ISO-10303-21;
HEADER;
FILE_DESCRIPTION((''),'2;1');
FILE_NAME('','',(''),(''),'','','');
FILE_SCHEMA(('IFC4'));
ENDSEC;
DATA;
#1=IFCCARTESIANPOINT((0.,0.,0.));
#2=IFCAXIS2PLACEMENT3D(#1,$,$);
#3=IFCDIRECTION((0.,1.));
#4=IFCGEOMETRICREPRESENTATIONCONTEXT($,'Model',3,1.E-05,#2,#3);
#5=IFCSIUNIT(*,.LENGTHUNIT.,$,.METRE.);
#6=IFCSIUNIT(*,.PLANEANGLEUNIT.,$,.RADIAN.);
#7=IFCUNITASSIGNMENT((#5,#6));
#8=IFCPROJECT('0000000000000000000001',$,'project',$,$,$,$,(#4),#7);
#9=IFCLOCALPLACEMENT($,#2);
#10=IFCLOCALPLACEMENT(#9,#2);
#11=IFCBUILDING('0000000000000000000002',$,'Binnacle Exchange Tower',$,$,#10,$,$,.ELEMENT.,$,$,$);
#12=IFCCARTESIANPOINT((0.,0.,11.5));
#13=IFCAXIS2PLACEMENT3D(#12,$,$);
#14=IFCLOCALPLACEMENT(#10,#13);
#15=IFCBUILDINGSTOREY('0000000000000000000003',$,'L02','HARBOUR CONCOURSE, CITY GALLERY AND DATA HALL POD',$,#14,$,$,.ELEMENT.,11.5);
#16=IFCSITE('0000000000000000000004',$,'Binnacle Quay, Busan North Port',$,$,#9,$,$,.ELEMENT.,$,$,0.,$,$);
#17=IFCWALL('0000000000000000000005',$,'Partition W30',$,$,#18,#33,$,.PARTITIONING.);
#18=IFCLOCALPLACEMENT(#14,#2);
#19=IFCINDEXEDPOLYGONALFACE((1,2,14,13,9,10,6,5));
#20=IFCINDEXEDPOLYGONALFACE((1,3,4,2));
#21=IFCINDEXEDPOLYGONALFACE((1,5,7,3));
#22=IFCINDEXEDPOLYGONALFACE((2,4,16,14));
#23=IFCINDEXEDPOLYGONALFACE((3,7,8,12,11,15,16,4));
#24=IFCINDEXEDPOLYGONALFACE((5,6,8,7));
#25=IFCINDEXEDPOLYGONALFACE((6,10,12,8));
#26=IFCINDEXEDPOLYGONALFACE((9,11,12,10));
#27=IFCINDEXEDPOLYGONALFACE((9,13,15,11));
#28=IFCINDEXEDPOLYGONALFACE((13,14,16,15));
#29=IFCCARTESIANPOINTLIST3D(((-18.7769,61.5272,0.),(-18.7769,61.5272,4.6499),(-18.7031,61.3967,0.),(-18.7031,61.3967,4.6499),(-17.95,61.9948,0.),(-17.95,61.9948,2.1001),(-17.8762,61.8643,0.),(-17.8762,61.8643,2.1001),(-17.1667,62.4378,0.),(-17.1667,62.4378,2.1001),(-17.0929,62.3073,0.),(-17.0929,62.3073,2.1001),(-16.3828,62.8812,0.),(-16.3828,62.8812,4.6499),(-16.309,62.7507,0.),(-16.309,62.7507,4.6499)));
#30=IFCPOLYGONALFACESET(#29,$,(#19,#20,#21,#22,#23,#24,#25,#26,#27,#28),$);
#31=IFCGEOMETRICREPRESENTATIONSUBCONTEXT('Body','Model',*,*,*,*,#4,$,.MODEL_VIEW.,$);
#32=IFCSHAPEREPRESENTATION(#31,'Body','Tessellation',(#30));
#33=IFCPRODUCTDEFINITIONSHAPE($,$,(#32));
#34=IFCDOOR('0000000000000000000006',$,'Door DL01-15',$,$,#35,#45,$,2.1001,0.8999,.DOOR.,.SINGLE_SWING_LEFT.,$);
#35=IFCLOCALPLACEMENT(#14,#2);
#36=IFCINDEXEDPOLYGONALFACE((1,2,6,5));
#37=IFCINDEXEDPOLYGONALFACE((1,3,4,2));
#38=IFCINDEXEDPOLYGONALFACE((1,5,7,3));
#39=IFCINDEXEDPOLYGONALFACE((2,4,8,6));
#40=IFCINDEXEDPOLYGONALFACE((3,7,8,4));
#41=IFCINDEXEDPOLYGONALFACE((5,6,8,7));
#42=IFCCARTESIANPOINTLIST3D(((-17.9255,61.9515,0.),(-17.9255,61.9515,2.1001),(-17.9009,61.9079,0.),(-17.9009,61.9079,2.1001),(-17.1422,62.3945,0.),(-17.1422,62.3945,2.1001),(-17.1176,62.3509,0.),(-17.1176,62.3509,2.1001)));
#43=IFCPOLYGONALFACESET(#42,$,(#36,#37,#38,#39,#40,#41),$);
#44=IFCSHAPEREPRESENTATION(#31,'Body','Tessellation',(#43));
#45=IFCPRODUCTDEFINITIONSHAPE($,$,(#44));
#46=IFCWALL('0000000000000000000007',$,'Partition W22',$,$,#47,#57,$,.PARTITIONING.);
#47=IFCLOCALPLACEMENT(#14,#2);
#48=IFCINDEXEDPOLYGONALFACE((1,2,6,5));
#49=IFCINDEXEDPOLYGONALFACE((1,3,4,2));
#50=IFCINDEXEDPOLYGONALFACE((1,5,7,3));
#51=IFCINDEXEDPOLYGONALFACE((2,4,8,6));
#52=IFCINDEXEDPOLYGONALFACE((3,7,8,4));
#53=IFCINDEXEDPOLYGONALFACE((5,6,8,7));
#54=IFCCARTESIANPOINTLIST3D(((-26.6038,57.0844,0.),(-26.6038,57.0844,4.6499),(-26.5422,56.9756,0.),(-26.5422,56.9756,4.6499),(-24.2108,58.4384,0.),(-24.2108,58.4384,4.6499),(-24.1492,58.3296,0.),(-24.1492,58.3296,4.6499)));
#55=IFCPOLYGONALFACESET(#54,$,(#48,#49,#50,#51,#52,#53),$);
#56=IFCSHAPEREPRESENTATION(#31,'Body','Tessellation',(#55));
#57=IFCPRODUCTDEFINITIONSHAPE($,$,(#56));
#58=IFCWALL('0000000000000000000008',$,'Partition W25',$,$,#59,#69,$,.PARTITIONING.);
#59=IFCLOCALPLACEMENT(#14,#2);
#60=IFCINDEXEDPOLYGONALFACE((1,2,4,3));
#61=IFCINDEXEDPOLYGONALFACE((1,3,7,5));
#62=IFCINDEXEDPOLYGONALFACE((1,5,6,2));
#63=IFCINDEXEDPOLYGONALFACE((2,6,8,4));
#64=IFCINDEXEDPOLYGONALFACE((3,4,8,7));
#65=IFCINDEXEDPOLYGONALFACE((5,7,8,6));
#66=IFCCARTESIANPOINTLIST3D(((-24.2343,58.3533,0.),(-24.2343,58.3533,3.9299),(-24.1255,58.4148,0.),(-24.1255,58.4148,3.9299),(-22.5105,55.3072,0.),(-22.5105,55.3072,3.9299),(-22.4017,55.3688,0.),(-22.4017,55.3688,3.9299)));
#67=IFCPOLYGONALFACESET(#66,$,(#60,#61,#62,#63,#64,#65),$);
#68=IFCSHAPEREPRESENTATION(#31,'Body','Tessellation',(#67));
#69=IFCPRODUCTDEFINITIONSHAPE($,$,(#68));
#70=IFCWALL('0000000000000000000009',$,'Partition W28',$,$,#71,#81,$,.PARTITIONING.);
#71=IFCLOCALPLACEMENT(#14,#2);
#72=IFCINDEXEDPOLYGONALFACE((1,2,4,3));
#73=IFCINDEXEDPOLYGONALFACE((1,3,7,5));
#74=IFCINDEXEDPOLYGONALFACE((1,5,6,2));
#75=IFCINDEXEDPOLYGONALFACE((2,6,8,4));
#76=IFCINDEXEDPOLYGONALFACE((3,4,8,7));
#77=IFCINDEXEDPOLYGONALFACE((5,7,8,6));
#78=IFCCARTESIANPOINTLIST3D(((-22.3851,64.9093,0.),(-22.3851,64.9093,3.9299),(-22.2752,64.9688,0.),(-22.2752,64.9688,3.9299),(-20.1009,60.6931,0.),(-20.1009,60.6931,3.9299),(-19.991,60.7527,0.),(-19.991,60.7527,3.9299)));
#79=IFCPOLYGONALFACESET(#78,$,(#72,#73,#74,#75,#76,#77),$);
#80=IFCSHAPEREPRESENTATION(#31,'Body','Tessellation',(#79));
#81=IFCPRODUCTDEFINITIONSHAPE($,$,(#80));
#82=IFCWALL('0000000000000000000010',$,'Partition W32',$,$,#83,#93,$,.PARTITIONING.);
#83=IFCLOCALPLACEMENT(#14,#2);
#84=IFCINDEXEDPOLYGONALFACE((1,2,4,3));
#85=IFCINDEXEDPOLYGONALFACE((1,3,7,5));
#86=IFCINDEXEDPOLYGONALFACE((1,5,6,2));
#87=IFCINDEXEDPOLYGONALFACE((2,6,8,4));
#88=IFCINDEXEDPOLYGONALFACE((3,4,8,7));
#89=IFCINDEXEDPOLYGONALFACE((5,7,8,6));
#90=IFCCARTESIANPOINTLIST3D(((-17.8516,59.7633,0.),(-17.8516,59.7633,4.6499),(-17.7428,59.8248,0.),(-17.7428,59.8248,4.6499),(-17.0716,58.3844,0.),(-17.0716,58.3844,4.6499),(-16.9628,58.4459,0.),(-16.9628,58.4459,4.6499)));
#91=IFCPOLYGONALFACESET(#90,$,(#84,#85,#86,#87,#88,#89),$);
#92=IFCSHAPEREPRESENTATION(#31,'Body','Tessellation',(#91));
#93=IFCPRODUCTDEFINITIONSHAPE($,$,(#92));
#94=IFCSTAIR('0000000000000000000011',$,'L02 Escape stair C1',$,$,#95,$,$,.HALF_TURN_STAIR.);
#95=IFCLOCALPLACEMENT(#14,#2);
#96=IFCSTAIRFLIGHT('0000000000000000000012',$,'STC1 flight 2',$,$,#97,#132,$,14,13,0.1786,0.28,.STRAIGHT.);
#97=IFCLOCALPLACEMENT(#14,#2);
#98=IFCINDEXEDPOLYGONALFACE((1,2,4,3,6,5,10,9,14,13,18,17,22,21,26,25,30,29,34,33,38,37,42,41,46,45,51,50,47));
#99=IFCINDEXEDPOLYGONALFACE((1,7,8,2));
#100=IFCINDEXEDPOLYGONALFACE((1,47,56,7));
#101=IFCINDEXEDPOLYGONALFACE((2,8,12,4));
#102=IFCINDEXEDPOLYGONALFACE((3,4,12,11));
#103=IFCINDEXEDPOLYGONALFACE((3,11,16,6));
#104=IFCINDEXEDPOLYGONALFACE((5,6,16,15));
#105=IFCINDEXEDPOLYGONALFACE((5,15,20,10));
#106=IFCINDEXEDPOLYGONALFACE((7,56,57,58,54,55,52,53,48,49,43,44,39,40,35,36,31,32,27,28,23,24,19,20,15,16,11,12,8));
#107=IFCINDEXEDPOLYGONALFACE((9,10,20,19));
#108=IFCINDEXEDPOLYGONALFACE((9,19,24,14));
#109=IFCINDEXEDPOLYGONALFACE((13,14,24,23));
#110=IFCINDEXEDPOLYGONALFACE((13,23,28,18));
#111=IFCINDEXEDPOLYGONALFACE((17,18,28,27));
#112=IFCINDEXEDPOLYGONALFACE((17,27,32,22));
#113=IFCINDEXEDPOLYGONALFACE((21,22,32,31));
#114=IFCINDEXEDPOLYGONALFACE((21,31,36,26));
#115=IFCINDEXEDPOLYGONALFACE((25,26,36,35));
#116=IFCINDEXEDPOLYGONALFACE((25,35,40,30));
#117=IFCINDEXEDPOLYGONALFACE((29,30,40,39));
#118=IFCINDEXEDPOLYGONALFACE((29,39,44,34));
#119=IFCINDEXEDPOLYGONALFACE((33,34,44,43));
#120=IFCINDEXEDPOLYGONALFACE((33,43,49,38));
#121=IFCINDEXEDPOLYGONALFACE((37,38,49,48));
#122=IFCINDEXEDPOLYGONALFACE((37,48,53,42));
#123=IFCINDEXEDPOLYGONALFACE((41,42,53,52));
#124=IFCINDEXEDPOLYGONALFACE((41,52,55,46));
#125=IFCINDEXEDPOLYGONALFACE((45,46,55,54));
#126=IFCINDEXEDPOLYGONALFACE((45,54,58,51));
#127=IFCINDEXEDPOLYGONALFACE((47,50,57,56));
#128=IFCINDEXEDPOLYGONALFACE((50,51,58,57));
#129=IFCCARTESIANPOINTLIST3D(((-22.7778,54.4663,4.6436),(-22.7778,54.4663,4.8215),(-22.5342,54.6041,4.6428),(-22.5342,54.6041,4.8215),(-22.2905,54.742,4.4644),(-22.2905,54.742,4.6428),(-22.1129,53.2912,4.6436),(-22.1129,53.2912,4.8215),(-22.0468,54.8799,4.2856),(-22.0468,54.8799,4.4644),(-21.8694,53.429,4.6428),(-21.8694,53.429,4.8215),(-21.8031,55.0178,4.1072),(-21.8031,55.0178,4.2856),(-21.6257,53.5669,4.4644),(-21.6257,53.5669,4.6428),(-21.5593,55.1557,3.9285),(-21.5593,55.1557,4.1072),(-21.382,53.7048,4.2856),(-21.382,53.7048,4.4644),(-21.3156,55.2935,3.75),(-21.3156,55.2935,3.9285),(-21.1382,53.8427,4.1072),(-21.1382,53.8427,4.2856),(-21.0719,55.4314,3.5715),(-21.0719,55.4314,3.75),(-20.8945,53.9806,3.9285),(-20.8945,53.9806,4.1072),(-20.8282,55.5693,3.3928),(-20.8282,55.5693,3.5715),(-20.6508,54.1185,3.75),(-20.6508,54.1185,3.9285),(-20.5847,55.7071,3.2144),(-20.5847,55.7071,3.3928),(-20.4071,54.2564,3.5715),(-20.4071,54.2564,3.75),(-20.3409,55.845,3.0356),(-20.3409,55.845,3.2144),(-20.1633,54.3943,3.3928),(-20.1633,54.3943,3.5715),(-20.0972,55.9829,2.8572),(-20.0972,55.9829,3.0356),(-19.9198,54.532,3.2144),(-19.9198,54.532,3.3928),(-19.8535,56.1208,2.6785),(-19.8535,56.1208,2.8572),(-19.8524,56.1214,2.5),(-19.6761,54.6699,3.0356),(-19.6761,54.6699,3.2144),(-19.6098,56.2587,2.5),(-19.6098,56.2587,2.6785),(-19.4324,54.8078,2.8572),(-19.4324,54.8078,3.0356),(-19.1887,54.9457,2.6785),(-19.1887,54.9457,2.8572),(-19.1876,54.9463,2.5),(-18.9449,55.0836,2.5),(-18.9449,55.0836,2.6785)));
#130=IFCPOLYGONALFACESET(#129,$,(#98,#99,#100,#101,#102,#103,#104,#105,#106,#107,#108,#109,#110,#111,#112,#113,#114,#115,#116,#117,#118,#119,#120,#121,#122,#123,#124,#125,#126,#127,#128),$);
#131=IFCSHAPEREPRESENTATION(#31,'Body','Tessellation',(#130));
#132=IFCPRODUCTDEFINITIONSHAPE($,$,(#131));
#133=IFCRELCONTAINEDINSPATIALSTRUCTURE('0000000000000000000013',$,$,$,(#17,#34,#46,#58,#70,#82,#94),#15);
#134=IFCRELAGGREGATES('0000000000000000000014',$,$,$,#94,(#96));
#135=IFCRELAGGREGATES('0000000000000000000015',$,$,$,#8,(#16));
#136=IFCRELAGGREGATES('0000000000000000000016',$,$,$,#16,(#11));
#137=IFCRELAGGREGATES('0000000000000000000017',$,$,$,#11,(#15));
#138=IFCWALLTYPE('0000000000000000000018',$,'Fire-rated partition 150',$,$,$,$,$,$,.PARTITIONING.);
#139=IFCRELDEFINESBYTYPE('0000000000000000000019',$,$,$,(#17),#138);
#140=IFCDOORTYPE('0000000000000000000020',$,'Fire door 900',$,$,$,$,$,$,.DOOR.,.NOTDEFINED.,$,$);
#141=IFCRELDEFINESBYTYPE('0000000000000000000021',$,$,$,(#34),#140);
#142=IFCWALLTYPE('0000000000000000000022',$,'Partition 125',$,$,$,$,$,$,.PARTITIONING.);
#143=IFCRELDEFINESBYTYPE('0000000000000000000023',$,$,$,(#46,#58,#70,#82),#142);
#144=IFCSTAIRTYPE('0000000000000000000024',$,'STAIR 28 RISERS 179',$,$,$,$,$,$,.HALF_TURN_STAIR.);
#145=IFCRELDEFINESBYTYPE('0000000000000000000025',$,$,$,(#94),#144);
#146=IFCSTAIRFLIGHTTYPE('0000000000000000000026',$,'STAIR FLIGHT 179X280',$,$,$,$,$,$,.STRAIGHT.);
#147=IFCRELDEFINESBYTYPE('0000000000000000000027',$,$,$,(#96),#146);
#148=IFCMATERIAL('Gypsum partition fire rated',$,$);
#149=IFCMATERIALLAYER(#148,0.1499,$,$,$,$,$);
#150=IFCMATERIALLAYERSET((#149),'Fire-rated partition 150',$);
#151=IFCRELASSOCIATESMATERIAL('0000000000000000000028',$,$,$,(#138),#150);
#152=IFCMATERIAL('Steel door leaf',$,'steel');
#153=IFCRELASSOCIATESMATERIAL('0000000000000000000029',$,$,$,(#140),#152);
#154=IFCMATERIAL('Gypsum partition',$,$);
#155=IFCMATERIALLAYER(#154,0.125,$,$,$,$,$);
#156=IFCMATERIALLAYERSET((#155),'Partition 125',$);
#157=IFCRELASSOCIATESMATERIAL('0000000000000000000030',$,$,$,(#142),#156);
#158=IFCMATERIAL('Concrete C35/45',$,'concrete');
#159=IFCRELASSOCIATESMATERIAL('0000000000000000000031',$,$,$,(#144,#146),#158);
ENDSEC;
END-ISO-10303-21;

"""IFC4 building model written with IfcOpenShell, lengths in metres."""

from ifc_helpers import new_model, si_unit, direction, frame, frame_2d, origin, place, context, subcontext, project, spatial, polyline, rectangle, outline, extrude, material, layer, layer_set, type_object, element, fill, aggregate, save


model = new_model("IFC4")

# Units and contexts
model_context = context("Model", 3, precision=1e-05, world=origin(), true_north=direction((0.0, 1.0)))
body_context = subcontext(model_context, "Body", "Model", "MODEL_VIEW")
ifc_project = project(units=[si_unit("LENGTHUNIT", "METRE"), si_unit("PLANEANGLEUNIT", "RADIAN")], contexts=[model_context])

# Site, building, storey
site_placement = place(None, origin())
site = spatial("IfcSite", under=ifc_project, at=site_placement, Name="Binnacle Quay, Busan North Port", CompositionType="ELEMENT", RefElevation=0.0)
building_placement = place(site_placement, origin())
building = spatial("IfcBuilding", under=site, at=building_placement, Name="Binnacle Exchange Tower", CompositionType="ELEMENT")
storey_placement = place(building_placement, frame((0.0, 0.0, 11.5)))
storey = spatial("IfcBuildingStorey", under=building, at=storey_placement, Name="L02", Description="HARBOUR CONCOURSE, CITY GALLERY AND DATA HALL POD", CompositionType="ELEMENT", Elevation=11.5)

# Shared definitions
ifc_material_1 = material(Name="Gypsum partition fire rated")
ifc_layer_1 = layer(ifc_material_1, 0.1499)
ifc_layer_set_1 = layer_set([ifc_layer_1], Name="Fire-rated partition 150")
wall_type_1 = type_object("IfcWallType", Name="Fire-rated partition 150", PredefinedType="PARTITIONING", material=ifc_layer_set_1)
ifc_material_2 = material(Name="Steel door leaf", Category="steel")
door_type = type_object("IfcDoorType", Name="Fire door 900", OperationType="NOTDEFINED", PredefinedType="DOOR", material=ifc_material_2)

# Wall, opening, door
wall_1_placement = place(storey_placement, frame((-18.74, 61.4619, 0.0), z_axis=(0.0, 0.0, 1.0), x_axis=(0.870431, 0.492291, 0.0)))
wall_1 = element("IfcWall", 1, at=wall_1_placement, inside=storey, type_object=wall_type_1, Name="Partition W30", PredefinedType="PARTITIONING", context=body_context, shape_type="SweptSolid", body=[
    extrude(rectangle(XDim=2.7505, YDim=0.1499, at=frame_2d((1.3752, 0.0))), origin(), (0.0, 0.0, 1.0), 4.6499),
])
opening_1_placement = place(wall_1_placement, frame((0.95, 0.0, 0.0)))
opening_1 = element("IfcOpeningElement", 2, at=opening_1_placement, cuts=wall_1, PredefinedType="OPENING", context=body_context, shape_type="SweptSolid", body=[
    extrude(rectangle(XDim=0.8999, YDim=2.1001, at=frame_2d((0.45, 1.05))), frame((0.0, 0.085, 0.0), z_axis=(0.0, -1.0, 0.0), x_axis=(1.0, 0.0, 0.0)), (0.0, 0.0, 1.0), 0.1699),
])
door_1_placement = place(opening_1_placement, frame((0.8999, 0.0, 0.0), z_axis=(0.0, 0.0, 1.0), x_axis=(-1.0, 0.0, 0.0)))
door_1 = element("IfcDoor", 3, at=door_1_placement, inside=storey, type_object=door_type, Name="Door DL01-15", OperationType="SINGLE_SWING_LEFT", OverallHeight=2.1001, OverallWidth=0.8999, PredefinedType="DOOR", context=body_context, shape_type="SweptSolid", body=[
    extrude(rectangle(XDim=0.8999, YDim=2.1001, at=frame_2d((0.45, 1.05))), frame((0.0, 0.0249, 0.0), z_axis=(0.0, -1.0, 0.0), x_axis=(1.0, 0.0, 0.0)), (0.0, 0.0, 1.0), 0.05),
])
fill(opening_1, door_1)

# Walls
ifc_material_3 = material(Name="Gypsum partition")
ifc_layer_2 = layer(ifc_material_3, 0.125)
ifc_layer_set_2 = layer_set([ifc_layer_2], Name="Partition 125")
wall_type_2 = type_object("IfcWallType", Name="Partition 125", PredefinedType="PARTITIONING", material=ifc_layer_set_2)
wall_2_placement = place(storey_placement, frame((-26.573, 57.03, 0.0), z_axis=(0.0, 0.0, 1.0), x_axis=(0.870344, 0.492443, 0.0)))
element("IfcWall", 4, at=wall_2_placement, inside=storey, type_object=wall_type_2, Name="Partition W22", PredefinedType="PARTITIONING", context=body_context, shape_type="SweptSolid", body=[
    extrude(rectangle(XDim=2.7495, YDim=0.125, at=frame_2d((1.3748, 0.0))), origin(), (0.0, 0.0, 1.0), 4.6499),
])
wall_3_placement = place(storey_placement, frame((-24.1799, 58.384, 0.0), z_axis=(0.0, 0.0, 1.0), x_axis=(0.492521, -0.8703, 0.0)))
element("IfcWall", 5, at=wall_3_placement, inside=storey, type_object=wall_type_2, Name="Partition W25", PredefinedType="PARTITIONING", context=body_context, shape_type="SweptSolid", body=[
    extrude(rectangle(XDim=3.5, YDim=0.125, at=frame_2d((1.75, 0.0))), origin(), (0.0, 0.0, 1.0), 3.9299),
])
wall_4_placement = place(storey_placement, frame((-22.3301, 64.939, 0.0), z_axis=(0.0, 0.0, 1.0), x_axis=(0.47636, -0.87925, 0.0)))
element("IfcWall", 6, at=wall_4_placement, inside=storey, type_object=wall_type_2, Name="Partition W28", PredefinedType="PARTITIONING", context=body_context, shape_type="SweptSolid", body=[
    extrude(rectangle(XDim=4.7952, YDim=0.125, at=frame_2d((2.3975, 0.0))), origin(), (0.0, 0.0, 1.0), 3.9299),
])
wall_5_placement = place(storey_placement, frame((-17.7971, 59.7939, 0.0), z_axis=(0.0, 0.0, 1.0), x_axis=(0.492367, -0.870388, 0.0)))
element("IfcWall", 7, at=wall_5_placement, inside=storey, type_object=wall_type_2, Name="Partition W32", PredefinedType="PARTITIONING", context=body_context, shape_type="SweptSolid", body=[
    extrude(rectangle(XDim=1.5842, YDim=0.125, at=frame_2d((0.792, 0.0))), origin(), (0.0, 0.0, 1.0), 4.6499),
])

# Stair, stair flight
ifc_material_4 = material(Name="Concrete C35/45", Category="concrete")
stair_type = type_object("IfcStairType", Name="STAIR 28 RISERS 179", PredefinedType="HALF_TURN_STAIR", material=ifc_material_4)
stair_placement = place(storey_placement, origin())
stair = element("IfcStair", 8, at=stair_placement, inside=storey, type_object=stair_type, Name="L02 Escape stair C1", PredefinedType="HALF_TURN_STAIR")
stair_flight_type = type_object("IfcStairFlightType", Name="STAIR FLIGHT 179X280", PredefinedType="STRAIGHT", material=ifc_material_4)
stair_flight_placement = place(storey_placement, frame((-19.2773, 55.6711, 2.5), z_axis=(0.0, 0.0, 1.0), x_axis=(-0.870356, -0.492424, 0.0)))
stair_flight = element("IfcStairFlight", 9, at=stair_flight_placement, type_object=stair_flight_type, Name="STC1 flight 2", NumberOfRisers=14, NumberOfTreads=13, PredefinedType="STRAIGHT", RiserHeight=0.1786, TreadLength=0.28, context=body_context, shape_type="SweptSolid", body=[
    extrude(outline(polyline([(0.0, 0.0), (0.0, 0.1785), (0.28, 0.1785), (0.28, 0.3572), (0.5601, 0.3572), (0.5601, 0.5356), (0.8401, 0.5356), (0.8401, 0.7144), (1.1201, 0.7144), (1.1201, 0.8928), (1.3999, 0.8928), (1.3999, 1.0715), (1.6799, 1.0715), (1.6799, 1.25), (1.96, 1.25), (1.96, 1.4285), (2.24, 1.4285), (2.24, 1.6072), (2.52, 1.6072), (2.52, 1.7856), (2.8, 1.7856), (2.8, 1.9644), (3.0801, 1.9644), (3.0801, 2.1428), (3.3601, 2.1428), (3.3601, 2.3215), (3.6399, 2.3215), (3.6399, 2.5), (3.6399, 2.1436), (0.2788, 0.0), (0.0, 0.0)])), frame((0.0, 0.675, 0.0), z_axis=(0.0, -1.0, 0.0), x_axis=(1.0, 0.0, 0.0)), (0.0, 0.0, 1.0), 1.3501),
])
aggregate(stair, [stair_flight])

save(model, "model.ifc")
